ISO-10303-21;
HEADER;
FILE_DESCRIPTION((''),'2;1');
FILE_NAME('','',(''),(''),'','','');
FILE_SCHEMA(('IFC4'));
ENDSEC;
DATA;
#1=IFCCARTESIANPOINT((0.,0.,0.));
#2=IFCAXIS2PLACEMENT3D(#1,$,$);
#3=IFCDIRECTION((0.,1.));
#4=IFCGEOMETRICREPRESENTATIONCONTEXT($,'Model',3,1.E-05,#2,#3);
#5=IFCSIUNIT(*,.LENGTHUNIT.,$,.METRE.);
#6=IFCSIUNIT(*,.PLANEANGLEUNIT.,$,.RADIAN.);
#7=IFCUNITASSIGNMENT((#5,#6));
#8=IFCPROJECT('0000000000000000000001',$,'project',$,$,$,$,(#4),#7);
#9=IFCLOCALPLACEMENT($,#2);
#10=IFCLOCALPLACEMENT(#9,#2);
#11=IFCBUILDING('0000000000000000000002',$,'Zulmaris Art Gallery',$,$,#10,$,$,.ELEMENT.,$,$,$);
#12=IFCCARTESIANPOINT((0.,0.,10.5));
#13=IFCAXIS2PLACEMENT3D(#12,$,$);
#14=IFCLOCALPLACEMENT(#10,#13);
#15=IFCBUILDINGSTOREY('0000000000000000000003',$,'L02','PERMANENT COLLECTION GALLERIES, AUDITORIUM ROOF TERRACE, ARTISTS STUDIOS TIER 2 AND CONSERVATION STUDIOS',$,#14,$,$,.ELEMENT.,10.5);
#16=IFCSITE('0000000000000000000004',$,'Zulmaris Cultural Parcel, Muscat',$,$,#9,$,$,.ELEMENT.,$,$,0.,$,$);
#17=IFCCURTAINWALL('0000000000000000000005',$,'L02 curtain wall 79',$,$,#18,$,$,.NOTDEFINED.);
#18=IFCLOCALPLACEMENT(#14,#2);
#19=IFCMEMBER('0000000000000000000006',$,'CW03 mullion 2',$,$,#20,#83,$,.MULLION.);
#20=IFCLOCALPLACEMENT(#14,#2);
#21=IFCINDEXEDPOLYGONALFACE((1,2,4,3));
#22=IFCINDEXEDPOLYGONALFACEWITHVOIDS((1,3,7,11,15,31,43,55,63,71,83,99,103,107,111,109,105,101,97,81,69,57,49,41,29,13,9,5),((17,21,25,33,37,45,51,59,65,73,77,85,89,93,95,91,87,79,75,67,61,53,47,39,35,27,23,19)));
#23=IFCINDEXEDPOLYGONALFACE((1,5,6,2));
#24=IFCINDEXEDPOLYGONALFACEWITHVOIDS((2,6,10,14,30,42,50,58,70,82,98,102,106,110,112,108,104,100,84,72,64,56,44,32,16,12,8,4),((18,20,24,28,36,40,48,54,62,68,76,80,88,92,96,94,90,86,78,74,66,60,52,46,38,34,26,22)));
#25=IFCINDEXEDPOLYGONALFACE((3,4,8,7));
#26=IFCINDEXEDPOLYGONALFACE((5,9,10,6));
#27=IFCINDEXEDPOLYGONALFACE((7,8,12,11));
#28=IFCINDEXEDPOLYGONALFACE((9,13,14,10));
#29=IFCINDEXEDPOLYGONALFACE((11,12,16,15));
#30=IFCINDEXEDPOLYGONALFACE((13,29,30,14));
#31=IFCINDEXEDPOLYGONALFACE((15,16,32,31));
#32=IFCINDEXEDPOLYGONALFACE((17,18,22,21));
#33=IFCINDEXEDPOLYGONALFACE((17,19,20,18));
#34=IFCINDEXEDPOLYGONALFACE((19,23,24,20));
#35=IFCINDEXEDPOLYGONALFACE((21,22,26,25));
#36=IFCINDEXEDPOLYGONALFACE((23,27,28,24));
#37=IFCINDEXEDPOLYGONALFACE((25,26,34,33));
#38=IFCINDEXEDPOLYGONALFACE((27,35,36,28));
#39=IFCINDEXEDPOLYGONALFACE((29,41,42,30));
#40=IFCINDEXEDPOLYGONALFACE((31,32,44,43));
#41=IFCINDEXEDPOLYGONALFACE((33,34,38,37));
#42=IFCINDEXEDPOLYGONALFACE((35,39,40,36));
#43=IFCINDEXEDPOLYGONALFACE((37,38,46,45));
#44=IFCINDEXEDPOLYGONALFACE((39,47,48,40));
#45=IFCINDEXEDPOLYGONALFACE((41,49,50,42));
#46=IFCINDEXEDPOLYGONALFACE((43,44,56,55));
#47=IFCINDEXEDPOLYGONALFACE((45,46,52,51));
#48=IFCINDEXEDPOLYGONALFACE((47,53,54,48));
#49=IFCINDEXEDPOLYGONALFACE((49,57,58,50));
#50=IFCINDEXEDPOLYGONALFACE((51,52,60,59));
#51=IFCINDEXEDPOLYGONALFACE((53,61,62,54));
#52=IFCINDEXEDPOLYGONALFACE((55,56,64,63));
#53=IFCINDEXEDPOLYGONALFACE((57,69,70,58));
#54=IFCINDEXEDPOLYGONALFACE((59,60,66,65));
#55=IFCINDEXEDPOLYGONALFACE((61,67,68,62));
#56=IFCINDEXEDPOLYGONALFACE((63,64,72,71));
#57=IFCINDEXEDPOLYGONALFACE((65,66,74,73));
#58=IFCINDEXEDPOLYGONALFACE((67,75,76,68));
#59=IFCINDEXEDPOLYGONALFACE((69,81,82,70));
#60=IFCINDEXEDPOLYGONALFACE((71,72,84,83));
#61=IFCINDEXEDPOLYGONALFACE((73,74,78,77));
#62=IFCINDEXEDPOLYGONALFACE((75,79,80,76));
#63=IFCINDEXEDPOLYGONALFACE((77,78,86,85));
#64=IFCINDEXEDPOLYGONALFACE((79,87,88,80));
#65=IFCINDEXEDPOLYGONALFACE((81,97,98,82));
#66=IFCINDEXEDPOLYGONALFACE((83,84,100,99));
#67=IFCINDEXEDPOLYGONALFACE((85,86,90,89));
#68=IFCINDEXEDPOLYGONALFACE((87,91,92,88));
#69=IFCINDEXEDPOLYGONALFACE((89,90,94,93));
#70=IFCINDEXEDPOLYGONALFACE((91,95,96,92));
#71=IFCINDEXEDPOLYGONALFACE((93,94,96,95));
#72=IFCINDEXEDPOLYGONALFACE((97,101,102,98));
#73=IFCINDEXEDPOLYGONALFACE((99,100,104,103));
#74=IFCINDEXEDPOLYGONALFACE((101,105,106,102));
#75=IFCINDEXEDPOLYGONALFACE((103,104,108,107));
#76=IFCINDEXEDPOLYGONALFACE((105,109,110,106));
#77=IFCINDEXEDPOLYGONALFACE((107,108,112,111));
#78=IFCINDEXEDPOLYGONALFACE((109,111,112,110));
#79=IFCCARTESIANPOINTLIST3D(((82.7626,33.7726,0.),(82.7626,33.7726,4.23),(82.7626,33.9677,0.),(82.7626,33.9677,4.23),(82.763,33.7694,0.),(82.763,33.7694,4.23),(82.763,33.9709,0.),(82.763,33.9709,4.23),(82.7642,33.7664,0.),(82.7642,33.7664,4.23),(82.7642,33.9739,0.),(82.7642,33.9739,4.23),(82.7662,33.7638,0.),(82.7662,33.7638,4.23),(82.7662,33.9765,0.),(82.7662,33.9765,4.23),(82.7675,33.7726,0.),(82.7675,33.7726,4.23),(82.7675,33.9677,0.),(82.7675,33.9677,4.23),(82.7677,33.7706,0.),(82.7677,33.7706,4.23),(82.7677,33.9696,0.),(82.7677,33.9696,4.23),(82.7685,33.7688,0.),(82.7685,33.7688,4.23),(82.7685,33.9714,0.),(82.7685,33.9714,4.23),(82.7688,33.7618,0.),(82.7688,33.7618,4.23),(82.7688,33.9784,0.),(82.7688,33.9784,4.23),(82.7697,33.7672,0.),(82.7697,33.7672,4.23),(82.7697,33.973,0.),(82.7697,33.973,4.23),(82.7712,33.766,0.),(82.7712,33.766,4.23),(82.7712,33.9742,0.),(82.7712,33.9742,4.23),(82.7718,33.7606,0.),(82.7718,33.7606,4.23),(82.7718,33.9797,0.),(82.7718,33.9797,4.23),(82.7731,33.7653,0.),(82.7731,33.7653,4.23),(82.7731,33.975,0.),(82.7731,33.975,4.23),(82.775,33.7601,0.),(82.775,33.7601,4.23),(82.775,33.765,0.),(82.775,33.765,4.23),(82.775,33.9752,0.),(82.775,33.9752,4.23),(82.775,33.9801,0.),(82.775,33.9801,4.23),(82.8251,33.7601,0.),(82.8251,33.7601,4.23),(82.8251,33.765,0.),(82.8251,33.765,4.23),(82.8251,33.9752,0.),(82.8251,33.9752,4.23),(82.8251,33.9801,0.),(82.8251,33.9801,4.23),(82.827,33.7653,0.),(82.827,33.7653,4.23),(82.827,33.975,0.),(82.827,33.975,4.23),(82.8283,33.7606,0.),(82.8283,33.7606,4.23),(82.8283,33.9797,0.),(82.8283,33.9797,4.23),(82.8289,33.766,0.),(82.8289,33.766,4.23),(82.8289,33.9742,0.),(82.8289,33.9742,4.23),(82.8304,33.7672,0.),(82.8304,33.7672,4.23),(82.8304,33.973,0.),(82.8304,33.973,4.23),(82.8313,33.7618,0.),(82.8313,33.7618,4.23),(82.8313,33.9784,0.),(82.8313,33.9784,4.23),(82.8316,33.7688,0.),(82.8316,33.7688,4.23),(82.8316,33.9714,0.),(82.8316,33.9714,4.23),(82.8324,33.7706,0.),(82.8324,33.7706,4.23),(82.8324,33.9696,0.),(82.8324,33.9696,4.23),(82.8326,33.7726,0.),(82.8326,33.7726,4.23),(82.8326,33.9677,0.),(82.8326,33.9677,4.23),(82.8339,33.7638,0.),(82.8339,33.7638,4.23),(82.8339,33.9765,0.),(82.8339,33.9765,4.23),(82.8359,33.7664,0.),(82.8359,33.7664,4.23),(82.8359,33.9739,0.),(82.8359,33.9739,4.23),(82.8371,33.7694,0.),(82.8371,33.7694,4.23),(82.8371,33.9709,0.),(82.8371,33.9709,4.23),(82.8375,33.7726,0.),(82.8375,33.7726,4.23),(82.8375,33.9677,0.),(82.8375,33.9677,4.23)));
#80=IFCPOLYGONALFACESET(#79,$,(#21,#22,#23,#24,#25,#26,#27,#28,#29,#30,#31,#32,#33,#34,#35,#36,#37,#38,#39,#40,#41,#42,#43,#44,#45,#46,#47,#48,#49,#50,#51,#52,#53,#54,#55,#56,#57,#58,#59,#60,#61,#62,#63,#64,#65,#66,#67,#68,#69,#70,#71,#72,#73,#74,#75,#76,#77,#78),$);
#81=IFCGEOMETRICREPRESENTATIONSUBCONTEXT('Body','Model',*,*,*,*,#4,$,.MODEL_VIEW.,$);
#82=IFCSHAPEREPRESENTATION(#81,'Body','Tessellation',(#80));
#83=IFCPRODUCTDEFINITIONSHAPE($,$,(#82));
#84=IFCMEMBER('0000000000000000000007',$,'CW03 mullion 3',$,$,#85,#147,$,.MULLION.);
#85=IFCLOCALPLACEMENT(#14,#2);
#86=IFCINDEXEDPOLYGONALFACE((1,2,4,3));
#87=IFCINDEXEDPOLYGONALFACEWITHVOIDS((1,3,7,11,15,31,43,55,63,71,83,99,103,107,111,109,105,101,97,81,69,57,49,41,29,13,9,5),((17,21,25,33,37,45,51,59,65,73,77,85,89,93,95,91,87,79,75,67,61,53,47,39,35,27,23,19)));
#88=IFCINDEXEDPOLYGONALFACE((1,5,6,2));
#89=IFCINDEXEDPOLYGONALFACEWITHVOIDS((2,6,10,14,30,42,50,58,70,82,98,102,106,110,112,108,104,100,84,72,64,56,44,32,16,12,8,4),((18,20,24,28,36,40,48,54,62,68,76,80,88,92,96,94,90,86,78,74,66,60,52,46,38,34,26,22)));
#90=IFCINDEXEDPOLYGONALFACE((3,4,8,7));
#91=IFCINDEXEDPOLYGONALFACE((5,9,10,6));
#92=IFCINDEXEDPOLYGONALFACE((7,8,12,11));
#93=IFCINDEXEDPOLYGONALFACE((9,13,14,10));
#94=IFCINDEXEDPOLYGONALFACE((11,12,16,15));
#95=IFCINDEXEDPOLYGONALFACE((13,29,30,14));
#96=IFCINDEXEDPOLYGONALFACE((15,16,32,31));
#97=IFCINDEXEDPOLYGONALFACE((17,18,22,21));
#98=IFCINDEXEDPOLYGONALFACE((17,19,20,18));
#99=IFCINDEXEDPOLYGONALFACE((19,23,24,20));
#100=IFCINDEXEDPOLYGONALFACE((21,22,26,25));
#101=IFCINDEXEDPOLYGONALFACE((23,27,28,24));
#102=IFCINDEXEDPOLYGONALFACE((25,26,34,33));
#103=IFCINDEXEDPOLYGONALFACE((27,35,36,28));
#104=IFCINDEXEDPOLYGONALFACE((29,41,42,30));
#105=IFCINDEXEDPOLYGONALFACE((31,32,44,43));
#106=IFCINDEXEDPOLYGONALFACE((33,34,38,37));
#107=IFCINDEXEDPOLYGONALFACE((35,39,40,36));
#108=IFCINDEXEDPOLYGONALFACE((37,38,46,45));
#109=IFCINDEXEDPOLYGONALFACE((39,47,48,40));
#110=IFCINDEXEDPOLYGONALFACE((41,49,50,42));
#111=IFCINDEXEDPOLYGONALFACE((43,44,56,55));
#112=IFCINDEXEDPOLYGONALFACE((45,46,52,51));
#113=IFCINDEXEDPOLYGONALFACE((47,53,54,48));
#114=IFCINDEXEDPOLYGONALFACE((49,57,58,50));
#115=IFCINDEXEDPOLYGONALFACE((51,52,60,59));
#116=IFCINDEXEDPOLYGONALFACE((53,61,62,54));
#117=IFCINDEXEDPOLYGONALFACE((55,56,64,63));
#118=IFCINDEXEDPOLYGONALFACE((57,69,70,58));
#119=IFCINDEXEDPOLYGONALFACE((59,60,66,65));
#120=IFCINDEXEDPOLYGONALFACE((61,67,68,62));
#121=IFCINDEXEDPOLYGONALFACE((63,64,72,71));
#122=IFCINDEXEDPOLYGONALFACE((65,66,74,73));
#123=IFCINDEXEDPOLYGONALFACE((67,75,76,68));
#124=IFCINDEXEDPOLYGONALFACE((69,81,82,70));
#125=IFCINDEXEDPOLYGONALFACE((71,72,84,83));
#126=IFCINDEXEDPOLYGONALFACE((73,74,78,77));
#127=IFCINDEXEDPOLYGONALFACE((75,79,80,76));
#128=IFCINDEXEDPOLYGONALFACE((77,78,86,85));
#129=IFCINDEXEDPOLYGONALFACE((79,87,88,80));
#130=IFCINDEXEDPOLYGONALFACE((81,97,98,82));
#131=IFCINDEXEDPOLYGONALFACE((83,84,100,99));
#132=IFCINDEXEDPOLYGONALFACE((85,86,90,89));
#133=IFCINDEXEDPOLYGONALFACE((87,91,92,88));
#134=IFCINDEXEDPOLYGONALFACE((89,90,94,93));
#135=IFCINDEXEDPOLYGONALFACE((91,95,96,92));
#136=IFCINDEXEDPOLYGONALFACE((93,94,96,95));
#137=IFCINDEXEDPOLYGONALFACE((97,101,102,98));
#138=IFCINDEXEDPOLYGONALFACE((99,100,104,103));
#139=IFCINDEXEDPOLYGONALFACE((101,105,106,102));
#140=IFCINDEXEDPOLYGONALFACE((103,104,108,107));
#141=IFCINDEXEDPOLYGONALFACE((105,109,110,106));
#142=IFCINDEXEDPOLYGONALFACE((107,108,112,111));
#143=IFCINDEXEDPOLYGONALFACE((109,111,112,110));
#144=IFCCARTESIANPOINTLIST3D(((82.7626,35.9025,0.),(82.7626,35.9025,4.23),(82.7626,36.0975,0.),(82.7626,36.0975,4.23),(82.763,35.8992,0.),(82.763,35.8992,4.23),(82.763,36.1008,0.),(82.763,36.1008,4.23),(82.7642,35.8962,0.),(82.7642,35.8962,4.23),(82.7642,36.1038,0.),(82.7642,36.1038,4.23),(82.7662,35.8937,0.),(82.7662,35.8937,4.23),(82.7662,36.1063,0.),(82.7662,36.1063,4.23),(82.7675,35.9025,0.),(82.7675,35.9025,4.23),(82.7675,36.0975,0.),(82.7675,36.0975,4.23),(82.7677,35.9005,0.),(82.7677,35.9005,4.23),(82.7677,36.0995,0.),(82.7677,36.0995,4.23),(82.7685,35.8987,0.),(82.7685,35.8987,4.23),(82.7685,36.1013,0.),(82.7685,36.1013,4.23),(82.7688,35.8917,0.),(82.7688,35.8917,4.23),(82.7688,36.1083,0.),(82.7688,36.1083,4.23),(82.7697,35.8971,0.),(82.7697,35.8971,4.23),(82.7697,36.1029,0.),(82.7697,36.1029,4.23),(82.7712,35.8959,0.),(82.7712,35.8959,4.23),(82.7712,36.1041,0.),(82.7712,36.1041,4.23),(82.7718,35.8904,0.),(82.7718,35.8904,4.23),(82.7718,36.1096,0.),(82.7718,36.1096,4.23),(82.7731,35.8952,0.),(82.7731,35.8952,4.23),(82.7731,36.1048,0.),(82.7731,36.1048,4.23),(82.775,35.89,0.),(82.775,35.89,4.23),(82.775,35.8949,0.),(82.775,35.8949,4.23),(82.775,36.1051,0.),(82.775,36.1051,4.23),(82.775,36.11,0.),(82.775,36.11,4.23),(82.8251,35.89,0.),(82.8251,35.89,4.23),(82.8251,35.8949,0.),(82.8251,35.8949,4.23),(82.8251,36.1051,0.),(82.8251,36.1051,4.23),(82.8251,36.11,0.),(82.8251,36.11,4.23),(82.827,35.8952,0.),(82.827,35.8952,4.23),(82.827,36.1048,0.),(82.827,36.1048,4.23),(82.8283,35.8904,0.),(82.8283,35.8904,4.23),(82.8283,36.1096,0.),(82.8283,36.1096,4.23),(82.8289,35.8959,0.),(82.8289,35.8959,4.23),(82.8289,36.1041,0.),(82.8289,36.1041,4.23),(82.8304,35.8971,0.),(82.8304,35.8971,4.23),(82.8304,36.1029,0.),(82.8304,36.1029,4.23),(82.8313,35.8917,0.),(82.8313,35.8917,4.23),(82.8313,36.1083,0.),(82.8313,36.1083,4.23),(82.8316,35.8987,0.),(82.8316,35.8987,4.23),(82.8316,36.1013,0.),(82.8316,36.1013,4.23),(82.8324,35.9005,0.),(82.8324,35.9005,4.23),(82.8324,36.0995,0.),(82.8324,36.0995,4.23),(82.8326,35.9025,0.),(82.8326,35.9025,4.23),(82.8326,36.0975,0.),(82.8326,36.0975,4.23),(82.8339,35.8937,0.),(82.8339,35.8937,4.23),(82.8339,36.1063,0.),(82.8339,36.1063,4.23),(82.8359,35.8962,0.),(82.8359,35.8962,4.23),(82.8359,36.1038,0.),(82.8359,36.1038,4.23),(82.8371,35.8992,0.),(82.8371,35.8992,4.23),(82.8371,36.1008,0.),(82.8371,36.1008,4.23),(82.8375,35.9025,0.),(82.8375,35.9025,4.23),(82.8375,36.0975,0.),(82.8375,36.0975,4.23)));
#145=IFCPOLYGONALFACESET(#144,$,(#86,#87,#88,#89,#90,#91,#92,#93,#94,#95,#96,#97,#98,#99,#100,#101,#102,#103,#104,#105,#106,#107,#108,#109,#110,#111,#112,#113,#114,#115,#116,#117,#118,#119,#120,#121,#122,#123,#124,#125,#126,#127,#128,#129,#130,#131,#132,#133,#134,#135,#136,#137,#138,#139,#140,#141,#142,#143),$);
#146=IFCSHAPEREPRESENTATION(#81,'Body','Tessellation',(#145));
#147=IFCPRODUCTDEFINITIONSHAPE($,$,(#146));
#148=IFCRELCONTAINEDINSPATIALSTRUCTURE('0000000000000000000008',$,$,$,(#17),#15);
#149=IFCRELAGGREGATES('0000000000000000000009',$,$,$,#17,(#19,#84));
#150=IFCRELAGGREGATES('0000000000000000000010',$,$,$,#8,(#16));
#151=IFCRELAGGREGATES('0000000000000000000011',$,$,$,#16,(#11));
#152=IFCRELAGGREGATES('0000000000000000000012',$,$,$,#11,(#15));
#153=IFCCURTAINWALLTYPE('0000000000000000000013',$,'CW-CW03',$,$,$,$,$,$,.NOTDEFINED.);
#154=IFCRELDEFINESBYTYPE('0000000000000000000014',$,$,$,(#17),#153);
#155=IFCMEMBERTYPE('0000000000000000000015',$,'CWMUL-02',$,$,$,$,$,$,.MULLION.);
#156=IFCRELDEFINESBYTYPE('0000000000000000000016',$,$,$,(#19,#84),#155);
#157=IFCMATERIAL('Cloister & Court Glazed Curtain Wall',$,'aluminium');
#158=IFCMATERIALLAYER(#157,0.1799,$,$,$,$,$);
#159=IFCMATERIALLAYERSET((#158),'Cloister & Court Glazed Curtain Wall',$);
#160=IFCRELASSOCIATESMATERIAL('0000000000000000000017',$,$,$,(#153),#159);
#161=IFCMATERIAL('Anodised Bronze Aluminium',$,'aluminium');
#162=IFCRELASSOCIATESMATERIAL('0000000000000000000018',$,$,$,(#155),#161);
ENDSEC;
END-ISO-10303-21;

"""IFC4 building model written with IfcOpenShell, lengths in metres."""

from ifc_helpers import new_model, si_unit, direction, frame, origin, origin_2d, place, context, subcontext, project, spatial, hollow_rectangle, extrude, material, layer, layer_set, material_profile, profile_set, type_object, element, aggregate, save


model = new_model("IFC4")

# Units and contexts
model_context = context("Model", 3, precision=1e-05, world=origin(), true_north=direction((0.0, 1.0)))
body_context = subcontext(model_context, "Body", "Model", "MODEL_VIEW")
ifc_project = project(units=[si_unit("LENGTHUNIT", "METRE"), si_unit("PLANEANGLEUNIT", "RADIAN")], contexts=[model_context])

# Site, building, storey
site_placement = place(None, origin())
site = spatial("IfcSite", under=ifc_project, at=site_placement, Name="Zulmaris Cultural Parcel, Muscat", CompositionType="ELEMENT", RefElevation=0.0)
building_placement = place(site_placement, origin())
building = spatial("IfcBuilding", under=site, at=building_placement, Name="Zulmaris Art Gallery", CompositionType="ELEMENT")
storey_placement = place(building_placement, frame((0.0, 0.0, 10.5)))
storey = spatial("IfcBuildingStorey", under=building, at=storey_placement, Name="L02", Description="PERMANENT COLLECTION GALLERIES, AUDITORIUM ROOF TERRACE, ARTISTS STUDIOS TIER 2 AND CONSERVATION STUDIOS", CompositionType="ELEMENT", Elevation=10.5)

# Curtain wall, members
ifc_material_1 = material(Name="Cloister & Court Glazed Curtain Wall", Category="aluminium")
ifc_layer_1 = layer(ifc_material_1, 0.1799)
ifc_layer_set_1 = layer_set([ifc_layer_1], Name="Cloister & Court Glazed Curtain Wall")
curtain_wall_type = type_object("IfcCurtainWallType", Name="CW-CW03", PredefinedType="NOTDEFINED", material=ifc_layer_set_1)
curtain_wall_placement = place(storey_placement, origin())
curtain_wall = element("IfcCurtainWall", 1, at=curtain_wall_placement, inside=storey, type_object=curtain_wall_type, Name="L02 curtain wall 79", PredefinedType="NOTDEFINED")
ifc_material_2 = material(Name="Anodised Bronze Aluminium", Category="aluminium")
ifc_material_profile_1 = material_profile(ifc_material_2, hollow_rectangle(XDim=0.075, YDim=0.22, WallThickness=0.0049, InnerFilletRadius=0.0076, OuterFilletRadius=0.0125, at=origin_2d()), Name="ALU 75x220x5")
ifc_profile_set_1 = profile_set([ifc_material_profile_1], Name="Anodised Bronze Aluminium")
member_type = type_object("IfcMemberType", Name="CWMUL-02", PredefinedType="MULLION", material=ifc_profile_set_1)
member_1_placement = place(storey_placement, frame((82.8, 33.8701, 0.0), z_axis=(0.0, 0.0, 1.0), x_axis=(-1.0, 0.0, 0.0)))
member_1 = element("IfcMember", 2, at=member_1_placement, type_object=member_type, Name="CW03 mullion 2", PredefinedType="MULLION", context=body_context, shape_type="SweptSolid", body=[
    extrude(hollow_rectangle(XDim=0.075, YDim=0.22, WallThickness=0.0049, InnerFilletRadius=0.0076, OuterFilletRadius=0.0125, at=origin_2d()), origin(), (0.0, 0.0, 1.0), 4.23),
])
member_2_placement = place(storey_placement, frame((82.8, 36.0, 0.0), z_axis=(0.0, 0.0, 1.0), x_axis=(-1.0, 0.0, 0.0)))
member_2 = element("IfcMember", 3, at=member_2_placement, type_object=member_type, Name="CW03 mullion 3", PredefinedType="MULLION", context=body_context, shape_type="SweptSolid", body=[
    extrude(hollow_rectangle(XDim=0.075, YDim=0.22, WallThickness=0.0049, InnerFilletRadius=0.0076, OuterFilletRadius=0.0125, at=origin_2d()), origin(), (0.0, 0.0, 1.0), 4.23),
])
aggregate(curtain_wall, [member_1, member_2])

save(model, "model.ifc")
